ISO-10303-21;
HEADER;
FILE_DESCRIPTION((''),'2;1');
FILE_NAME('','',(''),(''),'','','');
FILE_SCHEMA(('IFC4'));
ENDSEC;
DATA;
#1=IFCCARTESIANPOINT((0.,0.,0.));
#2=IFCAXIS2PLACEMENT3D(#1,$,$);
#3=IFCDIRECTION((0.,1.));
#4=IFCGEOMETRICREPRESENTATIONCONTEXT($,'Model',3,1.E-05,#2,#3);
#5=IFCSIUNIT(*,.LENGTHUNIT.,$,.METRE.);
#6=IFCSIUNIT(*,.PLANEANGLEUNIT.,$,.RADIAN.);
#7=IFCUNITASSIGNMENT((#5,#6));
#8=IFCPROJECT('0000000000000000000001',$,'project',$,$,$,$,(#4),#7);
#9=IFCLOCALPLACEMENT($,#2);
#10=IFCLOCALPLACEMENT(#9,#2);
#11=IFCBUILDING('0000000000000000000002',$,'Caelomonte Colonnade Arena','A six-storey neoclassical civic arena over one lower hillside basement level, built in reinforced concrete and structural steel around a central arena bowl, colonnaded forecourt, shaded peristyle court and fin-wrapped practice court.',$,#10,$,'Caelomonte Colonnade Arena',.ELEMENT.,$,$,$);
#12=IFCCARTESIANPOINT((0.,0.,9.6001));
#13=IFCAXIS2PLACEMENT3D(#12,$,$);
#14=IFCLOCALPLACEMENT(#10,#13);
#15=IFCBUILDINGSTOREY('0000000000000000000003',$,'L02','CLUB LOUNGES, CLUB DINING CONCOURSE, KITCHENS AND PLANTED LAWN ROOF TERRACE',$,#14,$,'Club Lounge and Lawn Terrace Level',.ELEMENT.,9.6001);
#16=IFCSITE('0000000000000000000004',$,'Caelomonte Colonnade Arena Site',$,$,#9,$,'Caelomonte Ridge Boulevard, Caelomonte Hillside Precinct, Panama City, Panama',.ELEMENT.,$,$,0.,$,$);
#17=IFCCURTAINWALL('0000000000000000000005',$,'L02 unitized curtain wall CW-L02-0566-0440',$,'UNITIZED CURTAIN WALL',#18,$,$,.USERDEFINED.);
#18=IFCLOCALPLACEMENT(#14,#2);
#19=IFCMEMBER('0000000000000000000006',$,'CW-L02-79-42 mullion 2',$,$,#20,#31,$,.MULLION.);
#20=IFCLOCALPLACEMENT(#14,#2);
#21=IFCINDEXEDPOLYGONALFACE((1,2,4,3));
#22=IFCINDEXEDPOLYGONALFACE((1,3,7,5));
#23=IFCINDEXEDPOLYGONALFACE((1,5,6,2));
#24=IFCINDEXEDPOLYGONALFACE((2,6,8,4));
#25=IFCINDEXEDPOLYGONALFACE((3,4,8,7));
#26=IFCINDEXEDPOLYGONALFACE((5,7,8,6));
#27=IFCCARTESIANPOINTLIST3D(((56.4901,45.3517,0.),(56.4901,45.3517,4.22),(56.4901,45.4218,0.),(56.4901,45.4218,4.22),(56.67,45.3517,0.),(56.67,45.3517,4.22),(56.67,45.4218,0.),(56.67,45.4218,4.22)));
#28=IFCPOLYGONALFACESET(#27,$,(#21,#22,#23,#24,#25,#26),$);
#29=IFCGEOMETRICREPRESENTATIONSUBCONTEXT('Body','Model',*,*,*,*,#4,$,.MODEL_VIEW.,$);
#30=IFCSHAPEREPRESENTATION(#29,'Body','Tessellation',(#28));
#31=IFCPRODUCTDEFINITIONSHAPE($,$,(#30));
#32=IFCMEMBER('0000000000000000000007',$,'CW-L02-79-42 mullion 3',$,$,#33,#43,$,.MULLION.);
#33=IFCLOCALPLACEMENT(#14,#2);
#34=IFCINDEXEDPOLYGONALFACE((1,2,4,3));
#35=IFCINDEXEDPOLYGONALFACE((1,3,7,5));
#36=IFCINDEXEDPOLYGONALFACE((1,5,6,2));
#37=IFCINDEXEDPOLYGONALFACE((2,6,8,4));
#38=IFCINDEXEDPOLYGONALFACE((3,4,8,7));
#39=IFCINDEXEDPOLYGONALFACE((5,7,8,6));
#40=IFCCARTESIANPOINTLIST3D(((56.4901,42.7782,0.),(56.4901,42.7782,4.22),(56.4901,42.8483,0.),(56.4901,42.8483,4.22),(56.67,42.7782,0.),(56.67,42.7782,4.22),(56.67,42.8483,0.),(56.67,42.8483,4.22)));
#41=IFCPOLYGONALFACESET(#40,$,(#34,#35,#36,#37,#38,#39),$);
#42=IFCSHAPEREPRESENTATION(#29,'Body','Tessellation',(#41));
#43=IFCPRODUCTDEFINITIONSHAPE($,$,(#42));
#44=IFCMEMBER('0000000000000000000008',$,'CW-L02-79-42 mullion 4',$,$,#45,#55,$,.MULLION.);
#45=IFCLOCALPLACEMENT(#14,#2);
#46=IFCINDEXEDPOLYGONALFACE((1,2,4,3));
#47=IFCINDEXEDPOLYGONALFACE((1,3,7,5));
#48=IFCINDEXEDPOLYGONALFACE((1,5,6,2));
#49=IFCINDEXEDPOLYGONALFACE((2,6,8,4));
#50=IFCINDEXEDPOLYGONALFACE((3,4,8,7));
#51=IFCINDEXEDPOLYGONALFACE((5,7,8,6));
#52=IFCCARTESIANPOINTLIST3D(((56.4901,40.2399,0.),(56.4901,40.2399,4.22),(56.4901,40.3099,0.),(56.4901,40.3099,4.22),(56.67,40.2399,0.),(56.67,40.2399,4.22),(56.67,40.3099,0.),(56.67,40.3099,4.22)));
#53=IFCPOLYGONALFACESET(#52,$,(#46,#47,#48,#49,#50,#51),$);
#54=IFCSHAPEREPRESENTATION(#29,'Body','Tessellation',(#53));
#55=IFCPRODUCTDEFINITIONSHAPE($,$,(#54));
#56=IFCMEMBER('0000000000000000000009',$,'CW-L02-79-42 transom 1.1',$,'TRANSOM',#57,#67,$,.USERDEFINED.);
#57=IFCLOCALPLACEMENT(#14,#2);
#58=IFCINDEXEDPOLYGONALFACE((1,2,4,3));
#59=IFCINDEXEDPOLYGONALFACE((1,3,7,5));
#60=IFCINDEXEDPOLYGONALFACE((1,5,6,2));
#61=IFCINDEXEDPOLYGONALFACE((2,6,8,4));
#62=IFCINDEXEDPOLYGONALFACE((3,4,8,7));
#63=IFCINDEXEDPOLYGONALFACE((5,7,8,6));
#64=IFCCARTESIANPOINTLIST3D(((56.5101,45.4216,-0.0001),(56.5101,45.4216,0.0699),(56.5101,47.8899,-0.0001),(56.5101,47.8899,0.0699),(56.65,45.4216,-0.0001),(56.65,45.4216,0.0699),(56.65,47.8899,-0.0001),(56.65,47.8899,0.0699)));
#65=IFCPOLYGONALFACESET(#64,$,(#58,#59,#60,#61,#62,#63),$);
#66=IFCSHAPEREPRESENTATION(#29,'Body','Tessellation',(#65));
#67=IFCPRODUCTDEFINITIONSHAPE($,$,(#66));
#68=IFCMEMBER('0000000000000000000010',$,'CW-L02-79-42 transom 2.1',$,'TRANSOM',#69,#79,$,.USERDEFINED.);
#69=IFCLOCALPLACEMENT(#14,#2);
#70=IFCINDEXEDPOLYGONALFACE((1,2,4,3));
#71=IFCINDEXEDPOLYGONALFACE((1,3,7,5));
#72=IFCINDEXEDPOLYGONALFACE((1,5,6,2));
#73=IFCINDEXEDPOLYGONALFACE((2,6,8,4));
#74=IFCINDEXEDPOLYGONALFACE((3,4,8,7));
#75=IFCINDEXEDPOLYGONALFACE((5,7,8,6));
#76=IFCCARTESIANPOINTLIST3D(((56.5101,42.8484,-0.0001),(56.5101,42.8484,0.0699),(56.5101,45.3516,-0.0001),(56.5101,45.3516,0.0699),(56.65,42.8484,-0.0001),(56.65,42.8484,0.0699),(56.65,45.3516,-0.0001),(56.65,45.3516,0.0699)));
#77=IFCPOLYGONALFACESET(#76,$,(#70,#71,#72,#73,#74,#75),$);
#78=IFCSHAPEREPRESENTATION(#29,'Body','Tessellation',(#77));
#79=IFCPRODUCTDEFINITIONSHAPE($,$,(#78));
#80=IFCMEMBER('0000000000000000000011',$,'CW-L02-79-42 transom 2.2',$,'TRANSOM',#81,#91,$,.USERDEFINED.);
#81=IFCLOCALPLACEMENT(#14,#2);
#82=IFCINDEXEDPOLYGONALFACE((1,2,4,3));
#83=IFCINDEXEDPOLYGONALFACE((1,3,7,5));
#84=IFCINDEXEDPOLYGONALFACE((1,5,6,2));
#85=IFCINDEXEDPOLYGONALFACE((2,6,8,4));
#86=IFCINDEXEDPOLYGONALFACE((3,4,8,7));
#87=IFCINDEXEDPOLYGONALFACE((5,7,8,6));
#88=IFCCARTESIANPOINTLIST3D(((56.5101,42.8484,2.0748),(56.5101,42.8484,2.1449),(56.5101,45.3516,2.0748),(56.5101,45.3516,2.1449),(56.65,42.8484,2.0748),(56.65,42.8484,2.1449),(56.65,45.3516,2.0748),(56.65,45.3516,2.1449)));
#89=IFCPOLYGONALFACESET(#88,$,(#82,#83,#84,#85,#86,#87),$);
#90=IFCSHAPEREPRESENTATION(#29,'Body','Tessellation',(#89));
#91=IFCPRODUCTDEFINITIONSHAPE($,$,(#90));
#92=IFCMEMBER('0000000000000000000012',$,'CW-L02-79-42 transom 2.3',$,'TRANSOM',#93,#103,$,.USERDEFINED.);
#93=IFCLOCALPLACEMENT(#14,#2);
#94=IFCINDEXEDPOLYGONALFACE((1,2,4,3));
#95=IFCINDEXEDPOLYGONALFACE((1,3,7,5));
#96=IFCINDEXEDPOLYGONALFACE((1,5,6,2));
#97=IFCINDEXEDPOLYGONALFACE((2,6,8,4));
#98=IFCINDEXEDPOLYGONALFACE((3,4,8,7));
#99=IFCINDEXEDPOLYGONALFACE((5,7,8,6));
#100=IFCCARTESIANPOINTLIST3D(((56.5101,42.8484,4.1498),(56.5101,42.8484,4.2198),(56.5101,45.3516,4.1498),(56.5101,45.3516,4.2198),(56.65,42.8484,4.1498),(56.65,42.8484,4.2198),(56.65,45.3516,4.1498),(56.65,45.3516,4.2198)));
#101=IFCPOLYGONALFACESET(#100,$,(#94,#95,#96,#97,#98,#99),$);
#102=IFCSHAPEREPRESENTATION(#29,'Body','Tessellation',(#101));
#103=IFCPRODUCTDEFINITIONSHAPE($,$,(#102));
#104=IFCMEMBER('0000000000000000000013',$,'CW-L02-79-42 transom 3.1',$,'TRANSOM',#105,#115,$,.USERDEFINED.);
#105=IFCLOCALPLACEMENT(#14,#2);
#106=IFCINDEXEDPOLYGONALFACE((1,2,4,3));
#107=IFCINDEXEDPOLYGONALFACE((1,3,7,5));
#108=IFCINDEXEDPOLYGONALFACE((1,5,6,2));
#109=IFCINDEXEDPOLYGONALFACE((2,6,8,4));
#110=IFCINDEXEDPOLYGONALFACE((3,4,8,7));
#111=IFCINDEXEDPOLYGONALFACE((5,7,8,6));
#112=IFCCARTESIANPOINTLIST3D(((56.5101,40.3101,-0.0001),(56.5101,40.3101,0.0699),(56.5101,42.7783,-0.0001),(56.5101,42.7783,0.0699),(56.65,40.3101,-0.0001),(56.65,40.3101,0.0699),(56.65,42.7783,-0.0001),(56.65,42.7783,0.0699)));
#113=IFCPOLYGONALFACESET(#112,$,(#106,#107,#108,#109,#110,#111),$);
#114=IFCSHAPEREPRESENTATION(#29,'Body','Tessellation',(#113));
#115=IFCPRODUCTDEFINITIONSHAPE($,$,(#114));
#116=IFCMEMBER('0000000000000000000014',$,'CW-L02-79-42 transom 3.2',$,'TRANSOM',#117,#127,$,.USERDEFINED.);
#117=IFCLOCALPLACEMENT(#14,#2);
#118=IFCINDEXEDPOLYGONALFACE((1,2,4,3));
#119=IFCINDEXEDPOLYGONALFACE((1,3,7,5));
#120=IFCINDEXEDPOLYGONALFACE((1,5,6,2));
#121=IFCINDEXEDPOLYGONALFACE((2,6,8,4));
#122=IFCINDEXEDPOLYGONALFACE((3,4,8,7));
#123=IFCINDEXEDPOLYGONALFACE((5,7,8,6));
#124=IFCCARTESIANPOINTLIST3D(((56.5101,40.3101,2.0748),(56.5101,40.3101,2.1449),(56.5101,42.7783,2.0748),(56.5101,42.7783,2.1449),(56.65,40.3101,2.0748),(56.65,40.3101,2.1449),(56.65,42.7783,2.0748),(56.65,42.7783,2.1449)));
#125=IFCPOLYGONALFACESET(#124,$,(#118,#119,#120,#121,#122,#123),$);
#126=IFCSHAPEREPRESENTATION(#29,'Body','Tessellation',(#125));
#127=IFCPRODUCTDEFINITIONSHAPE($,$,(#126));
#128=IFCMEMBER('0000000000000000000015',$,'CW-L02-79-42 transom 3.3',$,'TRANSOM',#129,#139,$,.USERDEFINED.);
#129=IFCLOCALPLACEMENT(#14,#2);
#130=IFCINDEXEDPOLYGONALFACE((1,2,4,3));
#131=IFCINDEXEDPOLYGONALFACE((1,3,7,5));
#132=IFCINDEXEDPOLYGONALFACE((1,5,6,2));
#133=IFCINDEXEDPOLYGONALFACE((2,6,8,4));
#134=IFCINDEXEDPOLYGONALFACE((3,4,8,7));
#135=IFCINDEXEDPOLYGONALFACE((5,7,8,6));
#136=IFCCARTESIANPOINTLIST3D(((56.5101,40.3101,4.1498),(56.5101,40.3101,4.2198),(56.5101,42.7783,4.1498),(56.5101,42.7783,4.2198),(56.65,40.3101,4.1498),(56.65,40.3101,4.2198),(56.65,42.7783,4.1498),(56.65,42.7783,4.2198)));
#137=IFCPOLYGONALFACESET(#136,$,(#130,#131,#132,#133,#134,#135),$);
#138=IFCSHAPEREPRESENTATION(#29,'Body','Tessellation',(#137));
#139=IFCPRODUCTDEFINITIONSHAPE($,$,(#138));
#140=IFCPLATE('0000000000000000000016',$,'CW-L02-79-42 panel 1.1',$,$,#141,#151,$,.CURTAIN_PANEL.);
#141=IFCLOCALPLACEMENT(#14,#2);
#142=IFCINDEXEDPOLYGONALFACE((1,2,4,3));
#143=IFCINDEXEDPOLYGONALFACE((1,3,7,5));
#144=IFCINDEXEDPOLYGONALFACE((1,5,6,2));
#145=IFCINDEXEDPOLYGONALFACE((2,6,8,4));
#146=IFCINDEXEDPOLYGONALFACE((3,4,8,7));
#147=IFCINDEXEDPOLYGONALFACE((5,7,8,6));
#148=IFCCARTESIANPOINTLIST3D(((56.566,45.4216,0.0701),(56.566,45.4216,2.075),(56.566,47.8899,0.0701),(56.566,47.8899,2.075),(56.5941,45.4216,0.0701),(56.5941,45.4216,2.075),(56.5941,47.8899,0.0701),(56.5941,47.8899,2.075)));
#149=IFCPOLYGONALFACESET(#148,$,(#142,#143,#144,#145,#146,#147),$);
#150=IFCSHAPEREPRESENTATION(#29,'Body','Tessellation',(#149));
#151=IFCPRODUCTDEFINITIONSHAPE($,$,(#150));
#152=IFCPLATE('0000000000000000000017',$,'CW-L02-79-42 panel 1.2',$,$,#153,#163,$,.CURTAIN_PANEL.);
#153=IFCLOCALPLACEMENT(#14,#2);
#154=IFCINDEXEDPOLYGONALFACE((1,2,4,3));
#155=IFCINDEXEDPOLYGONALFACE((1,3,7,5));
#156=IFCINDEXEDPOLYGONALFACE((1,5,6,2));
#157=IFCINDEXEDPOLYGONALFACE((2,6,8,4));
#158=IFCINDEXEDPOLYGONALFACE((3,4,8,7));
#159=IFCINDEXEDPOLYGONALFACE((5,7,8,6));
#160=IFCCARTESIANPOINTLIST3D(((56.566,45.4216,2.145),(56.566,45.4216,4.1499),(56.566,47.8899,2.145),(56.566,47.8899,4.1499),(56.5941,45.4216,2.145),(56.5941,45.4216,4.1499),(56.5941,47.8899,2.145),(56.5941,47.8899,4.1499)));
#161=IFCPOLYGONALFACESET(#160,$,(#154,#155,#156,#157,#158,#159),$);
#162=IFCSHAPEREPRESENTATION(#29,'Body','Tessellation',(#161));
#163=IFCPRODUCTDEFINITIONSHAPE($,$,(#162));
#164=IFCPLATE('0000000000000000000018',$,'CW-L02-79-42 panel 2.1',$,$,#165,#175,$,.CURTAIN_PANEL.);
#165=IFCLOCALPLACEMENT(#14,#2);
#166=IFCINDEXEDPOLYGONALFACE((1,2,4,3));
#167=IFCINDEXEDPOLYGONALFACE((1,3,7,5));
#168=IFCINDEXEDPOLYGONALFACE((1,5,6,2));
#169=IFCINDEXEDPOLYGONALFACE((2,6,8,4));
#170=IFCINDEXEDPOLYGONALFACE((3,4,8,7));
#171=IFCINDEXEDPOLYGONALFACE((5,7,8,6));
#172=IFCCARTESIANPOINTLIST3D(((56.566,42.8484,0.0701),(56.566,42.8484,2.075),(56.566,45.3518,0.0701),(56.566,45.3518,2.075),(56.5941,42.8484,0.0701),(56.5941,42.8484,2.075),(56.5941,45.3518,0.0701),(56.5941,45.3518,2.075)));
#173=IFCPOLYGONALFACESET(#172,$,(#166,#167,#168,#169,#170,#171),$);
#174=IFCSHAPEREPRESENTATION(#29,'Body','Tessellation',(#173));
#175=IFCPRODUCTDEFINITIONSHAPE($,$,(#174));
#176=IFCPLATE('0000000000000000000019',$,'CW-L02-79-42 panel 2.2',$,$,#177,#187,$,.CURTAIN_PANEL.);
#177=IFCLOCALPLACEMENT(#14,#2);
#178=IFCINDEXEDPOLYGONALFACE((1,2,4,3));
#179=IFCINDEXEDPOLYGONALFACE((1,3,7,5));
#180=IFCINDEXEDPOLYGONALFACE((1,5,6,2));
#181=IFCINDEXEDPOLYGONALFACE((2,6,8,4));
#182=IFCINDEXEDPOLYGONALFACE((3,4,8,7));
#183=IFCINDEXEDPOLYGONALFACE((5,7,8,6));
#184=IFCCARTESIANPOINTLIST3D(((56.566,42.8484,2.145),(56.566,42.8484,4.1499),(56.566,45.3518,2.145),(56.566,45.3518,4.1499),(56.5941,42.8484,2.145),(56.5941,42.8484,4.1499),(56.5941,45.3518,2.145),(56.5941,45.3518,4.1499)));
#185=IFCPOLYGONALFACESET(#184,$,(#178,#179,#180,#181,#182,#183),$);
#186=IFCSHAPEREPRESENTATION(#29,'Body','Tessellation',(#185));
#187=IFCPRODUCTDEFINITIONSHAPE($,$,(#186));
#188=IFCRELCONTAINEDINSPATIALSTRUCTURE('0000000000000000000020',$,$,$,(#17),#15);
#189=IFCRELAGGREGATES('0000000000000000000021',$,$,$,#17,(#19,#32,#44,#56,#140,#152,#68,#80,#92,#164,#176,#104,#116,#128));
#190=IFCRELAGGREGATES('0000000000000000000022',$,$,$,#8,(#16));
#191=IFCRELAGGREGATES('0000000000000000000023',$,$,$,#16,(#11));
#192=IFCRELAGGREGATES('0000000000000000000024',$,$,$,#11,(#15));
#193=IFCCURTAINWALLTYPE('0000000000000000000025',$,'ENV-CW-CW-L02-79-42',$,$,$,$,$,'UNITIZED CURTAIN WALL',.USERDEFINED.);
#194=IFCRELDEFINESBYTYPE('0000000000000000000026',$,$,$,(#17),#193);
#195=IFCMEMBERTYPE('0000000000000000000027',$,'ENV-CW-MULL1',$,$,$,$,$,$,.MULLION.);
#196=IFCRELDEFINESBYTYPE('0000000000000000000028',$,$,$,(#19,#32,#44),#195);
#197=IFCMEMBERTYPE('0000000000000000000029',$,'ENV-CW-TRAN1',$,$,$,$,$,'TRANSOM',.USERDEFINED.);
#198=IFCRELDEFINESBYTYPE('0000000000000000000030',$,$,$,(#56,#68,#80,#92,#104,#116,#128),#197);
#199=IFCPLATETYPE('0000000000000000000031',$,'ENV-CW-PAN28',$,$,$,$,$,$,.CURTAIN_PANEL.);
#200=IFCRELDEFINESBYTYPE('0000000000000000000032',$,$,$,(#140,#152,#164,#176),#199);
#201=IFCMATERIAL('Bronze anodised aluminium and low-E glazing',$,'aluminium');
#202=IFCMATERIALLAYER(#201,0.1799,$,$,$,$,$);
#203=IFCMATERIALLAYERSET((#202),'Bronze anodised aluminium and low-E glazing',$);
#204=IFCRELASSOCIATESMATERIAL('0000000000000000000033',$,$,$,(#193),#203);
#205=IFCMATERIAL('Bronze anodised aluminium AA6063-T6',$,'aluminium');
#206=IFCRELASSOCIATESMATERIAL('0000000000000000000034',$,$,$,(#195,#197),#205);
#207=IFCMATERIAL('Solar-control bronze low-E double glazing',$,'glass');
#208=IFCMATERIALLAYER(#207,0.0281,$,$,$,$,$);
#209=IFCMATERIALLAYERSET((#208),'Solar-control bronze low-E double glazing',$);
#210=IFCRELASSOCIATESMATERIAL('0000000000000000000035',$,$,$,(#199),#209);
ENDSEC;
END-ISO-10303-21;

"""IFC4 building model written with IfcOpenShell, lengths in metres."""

from ifc_helpers import new_model, si_unit, direction, frame, origin, origin_2d, place, context, subcontext, project, spatial, rectangle, extrude, material, layer, layer_set, material_profile, profile_set, type_object, element, aggregate, save


model = new_model("IFC4")

# Units and contexts
model_context = context("Model", 3, precision=1e-05, world=origin(), true_north=direction((0.0, 1.0)))
body_context = subcontext(model_context, "Body", "Model", "MODEL_VIEW")
ifc_project = project(units=[si_unit("LENGTHUNIT", "METRE"), si_unit("PLANEANGLEUNIT", "RADIAN")], contexts=[model_context])

# Site, building, storey
site_placement = place(None, origin())
site = spatial("IfcSite", under=ifc_project, at=site_placement, Name="Caelomonte Colonnade Arena Site", LongName="Caelomonte Ridge Boulevard, Caelomonte Hillside Precinct, Panama City, Panama", CompositionType="ELEMENT", RefElevation=0.0)
building_placement = place(site_placement, origin())
building = spatial("IfcBuilding", under=site, at=building_placement, Name="Caelomonte Colonnade Arena", Description="A six-storey neoclassical civic arena over one lower hillside basement level, built in reinforced concrete and structural steel around a central arena bowl, colonnaded forecourt, shaded peristyle court and fin-wrapped practice court.", LongName="Caelomonte Colonnade Arena", CompositionType="ELEMENT")
storey_placement = place(building_placement, frame((0.0, 0.0, 9.6001)))
storey = spatial("IfcBuildingStorey", under=building, at=storey_placement, Name="L02", Description="CLUB LOUNGES, CLUB DINING CONCOURSE, KITCHENS AND PLANTED LAWN ROOF TERRACE", LongName="Club Lounge and Lawn Terrace Level", CompositionType="ELEMENT", Elevation=9.6001)

# Curtain wall, members, plates
ifc_material_1 = material(Name="Bronze anodised aluminium and low-E glazing", Category="aluminium")
ifc_layer_1 = layer(ifc_material_1, 0.1799)
ifc_layer_set_1 = layer_set([ifc_layer_1], Name="Bronze anodised aluminium and low-E glazing")
curtain_wall_type = type_object("IfcCurtainWallType", Name="ENV-CW-CW-L02-79-42", ElementType="UNITIZED CURTAIN WALL", PredefinedType="USERDEFINED", material=ifc_layer_set_1)
curtain_wall_placement = place(storey_placement, origin())
curtain_wall = element("IfcCurtainWall", 1, at=curtain_wall_placement, inside=storey, type_object=curtain_wall_type, Name="L02 unitized curtain wall CW-L02-0566-0440", ObjectType="UNITIZED CURTAIN WALL", PredefinedType="USERDEFINED")
ifc_material_2 = material(Name="Bronze anodised aluminium AA6063-T6", Category="aluminium")
ifc_material_profile_1 = material_profile(ifc_material_2, rectangle(XDim=0.0701, YDim=0.1799, at=origin_2d()), Name="CWM-70X180")
ifc_profile_set_1 = profile_set([ifc_material_profile_1], Name="Bronze anodised aluminium AA6063-T6")
member_type_1 = type_object("IfcMemberType", Name="ENV-CW-MULL1", PredefinedType="MULLION", material=ifc_profile_set_1)
member_1_placement = place(storey_placement, frame((56.5801, 45.3867, 0.0), z_axis=(0.0, 0.0, 1.0), x_axis=(0.0, -1.0, 0.0)))
member_1 = element("IfcMember", 2, at=member_1_placement, type_object=member_type_1, Name="CW-L02-79-42 mullion 2", PredefinedType="MULLION", context=body_context, shape_type="SweptSolid", body=[
    extrude(rectangle(XDim=0.0701, YDim=0.1799, at=origin_2d()), origin(), (0.0, 0.0, 1.0), 4.22),
])
member_2_placement = place(storey_placement, frame((56.5801, 42.8132, 0.0), z_axis=(0.0, 0.0, 1.0), x_axis=(0.0, -1.0, 0.0)))
member_2 = element("IfcMember", 3, at=member_2_placement, type_object=member_type_1, Name="CW-L02-79-42 mullion 3", PredefinedType="MULLION", context=body_context, shape_type="SweptSolid", body=[
    extrude(rectangle(XDim=0.0701, YDim=0.1799, at=origin_2d()), origin(), (0.0, 0.0, 1.0), 4.22),
])
member_3_placement = place(storey_placement, frame((56.5801, 40.2749, 0.0), z_axis=(0.0, 0.0, 1.0), x_axis=(0.0, -1.0, 0.0)))
member_3 = element("IfcMember", 4, at=member_3_placement, type_object=member_type_1, Name="CW-L02-79-42 mullion 4", PredefinedType="MULLION", context=body_context, shape_type="SweptSolid", body=[
    extrude(rectangle(XDim=0.0701, YDim=0.1799, at=origin_2d()), origin(), (0.0, 0.0, 1.0), 4.22),
])
ifc_material_profile_2 = material_profile(ifc_material_2, rectangle(XDim=0.0701, YDim=0.1399, at=origin_2d()), Name="CWT-70X140")
ifc_profile_set_2 = profile_set([ifc_material_profile_2], Name="Bronze anodised aluminium AA6063-T6")
member_type_2 = type_object("IfcMemberType", Name="ENV-CW-TRAN1", ElementType="TRANSOM", PredefinedType="USERDEFINED", material=ifc_profile_set_2)
member_4_placement = place(storey_placement, frame((56.5801, 47.8899, 0.0349), z_axis=(0.0, -1.0, 0.0), x_axis=(0.0, 0.0, 1.0)))
member_4 = element("IfcMember", 5, at=member_4_placement, type_object=member_type_2, Name="CW-L02-79-42 transom 1.1", ObjectType="TRANSOM", PredefinedType="USERDEFINED", context=body_context, shape_type="SweptSolid", body=[
    extrude(rectangle(XDim=0.0701, YDim=0.1399, at=origin_2d()), origin(), (0.0, 0.0, 1.0), 2.4683),
])
member_5_placement = place(storey_placement, frame((56.5801, 45.3516, 0.0349), z_axis=(0.0, -1.0, 0.0), x_axis=(0.0, 0.0, 1.0)))
member_5 = element("IfcMember", 6, at=member_5_placement, type_object=member_type_2, Name="CW-L02-79-42 transom 2.1", ObjectType="TRANSOM", PredefinedType="USERDEFINED", context=body_context, shape_type="SweptSolid", body=[
    extrude(rectangle(XDim=0.0701, YDim=0.1399, at=origin_2d()), origin(), (0.0, 0.0, 1.0), 2.5032),
])
member_6_placement = place(storey_placement, frame((56.5801, 45.3516, 2.1099), z_axis=(0.0, -1.0, 0.0), x_axis=(0.0, 0.0, 1.0)))
member_6 = element("IfcMember", 7, at=member_6_placement, type_object=member_type_2, Name="CW-L02-79-42 transom 2.2", ObjectType="TRANSOM", PredefinedType="USERDEFINED", context=body_context, shape_type="SweptSolid", body=[
    extrude(rectangle(XDim=0.0701, YDim=0.1399, at=origin_2d()), origin(), (0.0, 0.0, 1.0), 2.5032),
])
member_7_placement = place(storey_placement, frame((56.5801, 45.3516, 4.1848), z_axis=(0.0, -1.0, 0.0), x_axis=(0.0, 0.0, 1.0)))
member_7 = element("IfcMember", 8, at=member_7_placement, type_object=member_type_2, Name="CW-L02-79-42 transom 2.3", ObjectType="TRANSOM", PredefinedType="USERDEFINED", context=body_context, shape_type="SweptSolid", body=[
    extrude(rectangle(XDim=0.0701, YDim=0.1399, at=origin_2d()), origin(), (0.0, 0.0, 1.0), 2.5032),
])
member_8_placement = place(storey_placement, frame((56.5801, 42.7783, 0.0349), z_axis=(0.0, -1.0, 0.0), x_axis=(0.0, 0.0, 1.0)))
member_8 = element("IfcMember", 9, at=member_8_placement, type_object=member_type_2, Name="CW-L02-79-42 transom 3.1", ObjectType="TRANSOM", PredefinedType="USERDEFINED", context=body_context, shape_type="SweptSolid", body=[
    extrude(rectangle(XDim=0.0701, YDim=0.1399, at=origin_2d()), origin(), (0.0, 0.0, 1.0), 2.4683),
])
member_9_placement = place(storey_placement, frame((56.5801, 42.7783, 2.1099), z_axis=(0.0, -1.0, 0.0), x_axis=(0.0, 0.0, 1.0)))
member_9 = element("IfcMember", 10, at=member_9_placement, type_object=member_type_2, Name="CW-L02-79-42 transom 3.2", ObjectType="TRANSOM", PredefinedType="USERDEFINED", context=body_context, shape_type="SweptSolid", body=[
    extrude(rectangle(XDim=0.0701, YDim=0.1399, at=origin_2d()), origin(), (0.0, 0.0, 1.0), 2.4683),
])
member_10_placement = place(storey_placement, frame((56.5801, 42.7783, 4.1848), z_axis=(0.0, -1.0, 0.0), x_axis=(0.0, 0.0, 1.0)))
member_10 = element("IfcMember", 11, at=member_10_placement, type_object=member_type_2, Name="CW-L02-79-42 transom 3.3", ObjectType="TRANSOM", PredefinedType="USERDEFINED", context=body_context, shape_type="SweptSolid", body=[
    extrude(rectangle(XDim=0.0701, YDim=0.1399, at=origin_2d()), origin(), (0.0, 0.0, 1.0), 2.4683),
])
ifc_material_3 = material(Name="Solar-control bronze low-E double glazing", Category="glass")
ifc_layer_2 = layer(ifc_material_3, 0.0281)
ifc_layer_set_2 = layer_set([ifc_layer_2], Name="Solar-control bronze low-E double glazing")
plate_type = type_object("IfcPlateType", Name="ENV-CW-PAN28", PredefinedType="CURTAIN_PANEL", material=ifc_layer_set_2)
plate_1_placement = place(storey_placement, frame((56.5801, 46.6558, 0.0701), z_axis=(0.0, 0.0, 1.0), x_axis=(0.0, -1.0, 0.0)))
plate_1 = element("IfcPlate", 12, at=plate_1_placement, type_object=plate_type, Name="CW-L02-79-42 panel 1.1", PredefinedType="CURTAIN_PANEL", context=body_context, shape_type="SweptSolid", body=[
    extrude(rectangle(XDim=2.4683, YDim=0.0281, at=origin_2d()), origin(), (0.0, 0.0, 1.0), 2.0049),
])
plate_2_placement = place(storey_placement, frame((56.5801, 46.6558, 2.145), z_axis=(0.0, 0.0, 1.0), x_axis=(0.0, -1.0, 0.0)))
plate_2 = element("IfcPlate", 13, at=plate_2_placement, type_object=plate_type, Name="CW-L02-79-42 panel 1.2", PredefinedType="CURTAIN_PANEL", context=body_context, shape_type="SweptSolid", body=[
    extrude(rectangle(XDim=2.4683, YDim=0.0281, at=origin_2d()), origin(), (0.0, 0.0, 1.0), 2.0049),
])
plate_3_placement = place(storey_placement, frame((56.5801, 44.1001, 0.0701), z_axis=(0.0, 0.0, 1.0), x_axis=(0.0, -1.0, 0.0)))
plate_3 = element("IfcPlate", 14, at=plate_3_placement, type_object=plate_type, Name="CW-L02-79-42 panel 2.1", PredefinedType="CURTAIN_PANEL", context=body_context, shape_type="SweptSolid", body=[
    extrude(rectangle(XDim=2.5034, YDim=0.0281, at=origin_2d()), origin(), (0.0, 0.0, 1.0), 2.0049),
])
plate_4_placement = place(storey_placement, frame((56.5801, 44.1001, 2.145), z_axis=(0.0, 0.0, 1.0), x_axis=(0.0, -1.0, 0.0)))
plate_4 = element("IfcPlate", 15, at=plate_4_placement, type_object=plate_type, Name="CW-L02-79-42 panel 2.2", PredefinedType="CURTAIN_PANEL", context=body_context, shape_type="SweptSolid", body=[
    extrude(rectangle(XDim=2.5034, YDim=0.0281, at=origin_2d()), origin(), (0.0, 0.0, 1.0), 2.0049),
])
aggregate(curtain_wall, [member_1, member_2, member_3, member_4, plate_1, plate_2, member_5, member_6, member_7, plate_3, plate_4, member_8, member_9, member_10])

save(model, "model.ifc")
